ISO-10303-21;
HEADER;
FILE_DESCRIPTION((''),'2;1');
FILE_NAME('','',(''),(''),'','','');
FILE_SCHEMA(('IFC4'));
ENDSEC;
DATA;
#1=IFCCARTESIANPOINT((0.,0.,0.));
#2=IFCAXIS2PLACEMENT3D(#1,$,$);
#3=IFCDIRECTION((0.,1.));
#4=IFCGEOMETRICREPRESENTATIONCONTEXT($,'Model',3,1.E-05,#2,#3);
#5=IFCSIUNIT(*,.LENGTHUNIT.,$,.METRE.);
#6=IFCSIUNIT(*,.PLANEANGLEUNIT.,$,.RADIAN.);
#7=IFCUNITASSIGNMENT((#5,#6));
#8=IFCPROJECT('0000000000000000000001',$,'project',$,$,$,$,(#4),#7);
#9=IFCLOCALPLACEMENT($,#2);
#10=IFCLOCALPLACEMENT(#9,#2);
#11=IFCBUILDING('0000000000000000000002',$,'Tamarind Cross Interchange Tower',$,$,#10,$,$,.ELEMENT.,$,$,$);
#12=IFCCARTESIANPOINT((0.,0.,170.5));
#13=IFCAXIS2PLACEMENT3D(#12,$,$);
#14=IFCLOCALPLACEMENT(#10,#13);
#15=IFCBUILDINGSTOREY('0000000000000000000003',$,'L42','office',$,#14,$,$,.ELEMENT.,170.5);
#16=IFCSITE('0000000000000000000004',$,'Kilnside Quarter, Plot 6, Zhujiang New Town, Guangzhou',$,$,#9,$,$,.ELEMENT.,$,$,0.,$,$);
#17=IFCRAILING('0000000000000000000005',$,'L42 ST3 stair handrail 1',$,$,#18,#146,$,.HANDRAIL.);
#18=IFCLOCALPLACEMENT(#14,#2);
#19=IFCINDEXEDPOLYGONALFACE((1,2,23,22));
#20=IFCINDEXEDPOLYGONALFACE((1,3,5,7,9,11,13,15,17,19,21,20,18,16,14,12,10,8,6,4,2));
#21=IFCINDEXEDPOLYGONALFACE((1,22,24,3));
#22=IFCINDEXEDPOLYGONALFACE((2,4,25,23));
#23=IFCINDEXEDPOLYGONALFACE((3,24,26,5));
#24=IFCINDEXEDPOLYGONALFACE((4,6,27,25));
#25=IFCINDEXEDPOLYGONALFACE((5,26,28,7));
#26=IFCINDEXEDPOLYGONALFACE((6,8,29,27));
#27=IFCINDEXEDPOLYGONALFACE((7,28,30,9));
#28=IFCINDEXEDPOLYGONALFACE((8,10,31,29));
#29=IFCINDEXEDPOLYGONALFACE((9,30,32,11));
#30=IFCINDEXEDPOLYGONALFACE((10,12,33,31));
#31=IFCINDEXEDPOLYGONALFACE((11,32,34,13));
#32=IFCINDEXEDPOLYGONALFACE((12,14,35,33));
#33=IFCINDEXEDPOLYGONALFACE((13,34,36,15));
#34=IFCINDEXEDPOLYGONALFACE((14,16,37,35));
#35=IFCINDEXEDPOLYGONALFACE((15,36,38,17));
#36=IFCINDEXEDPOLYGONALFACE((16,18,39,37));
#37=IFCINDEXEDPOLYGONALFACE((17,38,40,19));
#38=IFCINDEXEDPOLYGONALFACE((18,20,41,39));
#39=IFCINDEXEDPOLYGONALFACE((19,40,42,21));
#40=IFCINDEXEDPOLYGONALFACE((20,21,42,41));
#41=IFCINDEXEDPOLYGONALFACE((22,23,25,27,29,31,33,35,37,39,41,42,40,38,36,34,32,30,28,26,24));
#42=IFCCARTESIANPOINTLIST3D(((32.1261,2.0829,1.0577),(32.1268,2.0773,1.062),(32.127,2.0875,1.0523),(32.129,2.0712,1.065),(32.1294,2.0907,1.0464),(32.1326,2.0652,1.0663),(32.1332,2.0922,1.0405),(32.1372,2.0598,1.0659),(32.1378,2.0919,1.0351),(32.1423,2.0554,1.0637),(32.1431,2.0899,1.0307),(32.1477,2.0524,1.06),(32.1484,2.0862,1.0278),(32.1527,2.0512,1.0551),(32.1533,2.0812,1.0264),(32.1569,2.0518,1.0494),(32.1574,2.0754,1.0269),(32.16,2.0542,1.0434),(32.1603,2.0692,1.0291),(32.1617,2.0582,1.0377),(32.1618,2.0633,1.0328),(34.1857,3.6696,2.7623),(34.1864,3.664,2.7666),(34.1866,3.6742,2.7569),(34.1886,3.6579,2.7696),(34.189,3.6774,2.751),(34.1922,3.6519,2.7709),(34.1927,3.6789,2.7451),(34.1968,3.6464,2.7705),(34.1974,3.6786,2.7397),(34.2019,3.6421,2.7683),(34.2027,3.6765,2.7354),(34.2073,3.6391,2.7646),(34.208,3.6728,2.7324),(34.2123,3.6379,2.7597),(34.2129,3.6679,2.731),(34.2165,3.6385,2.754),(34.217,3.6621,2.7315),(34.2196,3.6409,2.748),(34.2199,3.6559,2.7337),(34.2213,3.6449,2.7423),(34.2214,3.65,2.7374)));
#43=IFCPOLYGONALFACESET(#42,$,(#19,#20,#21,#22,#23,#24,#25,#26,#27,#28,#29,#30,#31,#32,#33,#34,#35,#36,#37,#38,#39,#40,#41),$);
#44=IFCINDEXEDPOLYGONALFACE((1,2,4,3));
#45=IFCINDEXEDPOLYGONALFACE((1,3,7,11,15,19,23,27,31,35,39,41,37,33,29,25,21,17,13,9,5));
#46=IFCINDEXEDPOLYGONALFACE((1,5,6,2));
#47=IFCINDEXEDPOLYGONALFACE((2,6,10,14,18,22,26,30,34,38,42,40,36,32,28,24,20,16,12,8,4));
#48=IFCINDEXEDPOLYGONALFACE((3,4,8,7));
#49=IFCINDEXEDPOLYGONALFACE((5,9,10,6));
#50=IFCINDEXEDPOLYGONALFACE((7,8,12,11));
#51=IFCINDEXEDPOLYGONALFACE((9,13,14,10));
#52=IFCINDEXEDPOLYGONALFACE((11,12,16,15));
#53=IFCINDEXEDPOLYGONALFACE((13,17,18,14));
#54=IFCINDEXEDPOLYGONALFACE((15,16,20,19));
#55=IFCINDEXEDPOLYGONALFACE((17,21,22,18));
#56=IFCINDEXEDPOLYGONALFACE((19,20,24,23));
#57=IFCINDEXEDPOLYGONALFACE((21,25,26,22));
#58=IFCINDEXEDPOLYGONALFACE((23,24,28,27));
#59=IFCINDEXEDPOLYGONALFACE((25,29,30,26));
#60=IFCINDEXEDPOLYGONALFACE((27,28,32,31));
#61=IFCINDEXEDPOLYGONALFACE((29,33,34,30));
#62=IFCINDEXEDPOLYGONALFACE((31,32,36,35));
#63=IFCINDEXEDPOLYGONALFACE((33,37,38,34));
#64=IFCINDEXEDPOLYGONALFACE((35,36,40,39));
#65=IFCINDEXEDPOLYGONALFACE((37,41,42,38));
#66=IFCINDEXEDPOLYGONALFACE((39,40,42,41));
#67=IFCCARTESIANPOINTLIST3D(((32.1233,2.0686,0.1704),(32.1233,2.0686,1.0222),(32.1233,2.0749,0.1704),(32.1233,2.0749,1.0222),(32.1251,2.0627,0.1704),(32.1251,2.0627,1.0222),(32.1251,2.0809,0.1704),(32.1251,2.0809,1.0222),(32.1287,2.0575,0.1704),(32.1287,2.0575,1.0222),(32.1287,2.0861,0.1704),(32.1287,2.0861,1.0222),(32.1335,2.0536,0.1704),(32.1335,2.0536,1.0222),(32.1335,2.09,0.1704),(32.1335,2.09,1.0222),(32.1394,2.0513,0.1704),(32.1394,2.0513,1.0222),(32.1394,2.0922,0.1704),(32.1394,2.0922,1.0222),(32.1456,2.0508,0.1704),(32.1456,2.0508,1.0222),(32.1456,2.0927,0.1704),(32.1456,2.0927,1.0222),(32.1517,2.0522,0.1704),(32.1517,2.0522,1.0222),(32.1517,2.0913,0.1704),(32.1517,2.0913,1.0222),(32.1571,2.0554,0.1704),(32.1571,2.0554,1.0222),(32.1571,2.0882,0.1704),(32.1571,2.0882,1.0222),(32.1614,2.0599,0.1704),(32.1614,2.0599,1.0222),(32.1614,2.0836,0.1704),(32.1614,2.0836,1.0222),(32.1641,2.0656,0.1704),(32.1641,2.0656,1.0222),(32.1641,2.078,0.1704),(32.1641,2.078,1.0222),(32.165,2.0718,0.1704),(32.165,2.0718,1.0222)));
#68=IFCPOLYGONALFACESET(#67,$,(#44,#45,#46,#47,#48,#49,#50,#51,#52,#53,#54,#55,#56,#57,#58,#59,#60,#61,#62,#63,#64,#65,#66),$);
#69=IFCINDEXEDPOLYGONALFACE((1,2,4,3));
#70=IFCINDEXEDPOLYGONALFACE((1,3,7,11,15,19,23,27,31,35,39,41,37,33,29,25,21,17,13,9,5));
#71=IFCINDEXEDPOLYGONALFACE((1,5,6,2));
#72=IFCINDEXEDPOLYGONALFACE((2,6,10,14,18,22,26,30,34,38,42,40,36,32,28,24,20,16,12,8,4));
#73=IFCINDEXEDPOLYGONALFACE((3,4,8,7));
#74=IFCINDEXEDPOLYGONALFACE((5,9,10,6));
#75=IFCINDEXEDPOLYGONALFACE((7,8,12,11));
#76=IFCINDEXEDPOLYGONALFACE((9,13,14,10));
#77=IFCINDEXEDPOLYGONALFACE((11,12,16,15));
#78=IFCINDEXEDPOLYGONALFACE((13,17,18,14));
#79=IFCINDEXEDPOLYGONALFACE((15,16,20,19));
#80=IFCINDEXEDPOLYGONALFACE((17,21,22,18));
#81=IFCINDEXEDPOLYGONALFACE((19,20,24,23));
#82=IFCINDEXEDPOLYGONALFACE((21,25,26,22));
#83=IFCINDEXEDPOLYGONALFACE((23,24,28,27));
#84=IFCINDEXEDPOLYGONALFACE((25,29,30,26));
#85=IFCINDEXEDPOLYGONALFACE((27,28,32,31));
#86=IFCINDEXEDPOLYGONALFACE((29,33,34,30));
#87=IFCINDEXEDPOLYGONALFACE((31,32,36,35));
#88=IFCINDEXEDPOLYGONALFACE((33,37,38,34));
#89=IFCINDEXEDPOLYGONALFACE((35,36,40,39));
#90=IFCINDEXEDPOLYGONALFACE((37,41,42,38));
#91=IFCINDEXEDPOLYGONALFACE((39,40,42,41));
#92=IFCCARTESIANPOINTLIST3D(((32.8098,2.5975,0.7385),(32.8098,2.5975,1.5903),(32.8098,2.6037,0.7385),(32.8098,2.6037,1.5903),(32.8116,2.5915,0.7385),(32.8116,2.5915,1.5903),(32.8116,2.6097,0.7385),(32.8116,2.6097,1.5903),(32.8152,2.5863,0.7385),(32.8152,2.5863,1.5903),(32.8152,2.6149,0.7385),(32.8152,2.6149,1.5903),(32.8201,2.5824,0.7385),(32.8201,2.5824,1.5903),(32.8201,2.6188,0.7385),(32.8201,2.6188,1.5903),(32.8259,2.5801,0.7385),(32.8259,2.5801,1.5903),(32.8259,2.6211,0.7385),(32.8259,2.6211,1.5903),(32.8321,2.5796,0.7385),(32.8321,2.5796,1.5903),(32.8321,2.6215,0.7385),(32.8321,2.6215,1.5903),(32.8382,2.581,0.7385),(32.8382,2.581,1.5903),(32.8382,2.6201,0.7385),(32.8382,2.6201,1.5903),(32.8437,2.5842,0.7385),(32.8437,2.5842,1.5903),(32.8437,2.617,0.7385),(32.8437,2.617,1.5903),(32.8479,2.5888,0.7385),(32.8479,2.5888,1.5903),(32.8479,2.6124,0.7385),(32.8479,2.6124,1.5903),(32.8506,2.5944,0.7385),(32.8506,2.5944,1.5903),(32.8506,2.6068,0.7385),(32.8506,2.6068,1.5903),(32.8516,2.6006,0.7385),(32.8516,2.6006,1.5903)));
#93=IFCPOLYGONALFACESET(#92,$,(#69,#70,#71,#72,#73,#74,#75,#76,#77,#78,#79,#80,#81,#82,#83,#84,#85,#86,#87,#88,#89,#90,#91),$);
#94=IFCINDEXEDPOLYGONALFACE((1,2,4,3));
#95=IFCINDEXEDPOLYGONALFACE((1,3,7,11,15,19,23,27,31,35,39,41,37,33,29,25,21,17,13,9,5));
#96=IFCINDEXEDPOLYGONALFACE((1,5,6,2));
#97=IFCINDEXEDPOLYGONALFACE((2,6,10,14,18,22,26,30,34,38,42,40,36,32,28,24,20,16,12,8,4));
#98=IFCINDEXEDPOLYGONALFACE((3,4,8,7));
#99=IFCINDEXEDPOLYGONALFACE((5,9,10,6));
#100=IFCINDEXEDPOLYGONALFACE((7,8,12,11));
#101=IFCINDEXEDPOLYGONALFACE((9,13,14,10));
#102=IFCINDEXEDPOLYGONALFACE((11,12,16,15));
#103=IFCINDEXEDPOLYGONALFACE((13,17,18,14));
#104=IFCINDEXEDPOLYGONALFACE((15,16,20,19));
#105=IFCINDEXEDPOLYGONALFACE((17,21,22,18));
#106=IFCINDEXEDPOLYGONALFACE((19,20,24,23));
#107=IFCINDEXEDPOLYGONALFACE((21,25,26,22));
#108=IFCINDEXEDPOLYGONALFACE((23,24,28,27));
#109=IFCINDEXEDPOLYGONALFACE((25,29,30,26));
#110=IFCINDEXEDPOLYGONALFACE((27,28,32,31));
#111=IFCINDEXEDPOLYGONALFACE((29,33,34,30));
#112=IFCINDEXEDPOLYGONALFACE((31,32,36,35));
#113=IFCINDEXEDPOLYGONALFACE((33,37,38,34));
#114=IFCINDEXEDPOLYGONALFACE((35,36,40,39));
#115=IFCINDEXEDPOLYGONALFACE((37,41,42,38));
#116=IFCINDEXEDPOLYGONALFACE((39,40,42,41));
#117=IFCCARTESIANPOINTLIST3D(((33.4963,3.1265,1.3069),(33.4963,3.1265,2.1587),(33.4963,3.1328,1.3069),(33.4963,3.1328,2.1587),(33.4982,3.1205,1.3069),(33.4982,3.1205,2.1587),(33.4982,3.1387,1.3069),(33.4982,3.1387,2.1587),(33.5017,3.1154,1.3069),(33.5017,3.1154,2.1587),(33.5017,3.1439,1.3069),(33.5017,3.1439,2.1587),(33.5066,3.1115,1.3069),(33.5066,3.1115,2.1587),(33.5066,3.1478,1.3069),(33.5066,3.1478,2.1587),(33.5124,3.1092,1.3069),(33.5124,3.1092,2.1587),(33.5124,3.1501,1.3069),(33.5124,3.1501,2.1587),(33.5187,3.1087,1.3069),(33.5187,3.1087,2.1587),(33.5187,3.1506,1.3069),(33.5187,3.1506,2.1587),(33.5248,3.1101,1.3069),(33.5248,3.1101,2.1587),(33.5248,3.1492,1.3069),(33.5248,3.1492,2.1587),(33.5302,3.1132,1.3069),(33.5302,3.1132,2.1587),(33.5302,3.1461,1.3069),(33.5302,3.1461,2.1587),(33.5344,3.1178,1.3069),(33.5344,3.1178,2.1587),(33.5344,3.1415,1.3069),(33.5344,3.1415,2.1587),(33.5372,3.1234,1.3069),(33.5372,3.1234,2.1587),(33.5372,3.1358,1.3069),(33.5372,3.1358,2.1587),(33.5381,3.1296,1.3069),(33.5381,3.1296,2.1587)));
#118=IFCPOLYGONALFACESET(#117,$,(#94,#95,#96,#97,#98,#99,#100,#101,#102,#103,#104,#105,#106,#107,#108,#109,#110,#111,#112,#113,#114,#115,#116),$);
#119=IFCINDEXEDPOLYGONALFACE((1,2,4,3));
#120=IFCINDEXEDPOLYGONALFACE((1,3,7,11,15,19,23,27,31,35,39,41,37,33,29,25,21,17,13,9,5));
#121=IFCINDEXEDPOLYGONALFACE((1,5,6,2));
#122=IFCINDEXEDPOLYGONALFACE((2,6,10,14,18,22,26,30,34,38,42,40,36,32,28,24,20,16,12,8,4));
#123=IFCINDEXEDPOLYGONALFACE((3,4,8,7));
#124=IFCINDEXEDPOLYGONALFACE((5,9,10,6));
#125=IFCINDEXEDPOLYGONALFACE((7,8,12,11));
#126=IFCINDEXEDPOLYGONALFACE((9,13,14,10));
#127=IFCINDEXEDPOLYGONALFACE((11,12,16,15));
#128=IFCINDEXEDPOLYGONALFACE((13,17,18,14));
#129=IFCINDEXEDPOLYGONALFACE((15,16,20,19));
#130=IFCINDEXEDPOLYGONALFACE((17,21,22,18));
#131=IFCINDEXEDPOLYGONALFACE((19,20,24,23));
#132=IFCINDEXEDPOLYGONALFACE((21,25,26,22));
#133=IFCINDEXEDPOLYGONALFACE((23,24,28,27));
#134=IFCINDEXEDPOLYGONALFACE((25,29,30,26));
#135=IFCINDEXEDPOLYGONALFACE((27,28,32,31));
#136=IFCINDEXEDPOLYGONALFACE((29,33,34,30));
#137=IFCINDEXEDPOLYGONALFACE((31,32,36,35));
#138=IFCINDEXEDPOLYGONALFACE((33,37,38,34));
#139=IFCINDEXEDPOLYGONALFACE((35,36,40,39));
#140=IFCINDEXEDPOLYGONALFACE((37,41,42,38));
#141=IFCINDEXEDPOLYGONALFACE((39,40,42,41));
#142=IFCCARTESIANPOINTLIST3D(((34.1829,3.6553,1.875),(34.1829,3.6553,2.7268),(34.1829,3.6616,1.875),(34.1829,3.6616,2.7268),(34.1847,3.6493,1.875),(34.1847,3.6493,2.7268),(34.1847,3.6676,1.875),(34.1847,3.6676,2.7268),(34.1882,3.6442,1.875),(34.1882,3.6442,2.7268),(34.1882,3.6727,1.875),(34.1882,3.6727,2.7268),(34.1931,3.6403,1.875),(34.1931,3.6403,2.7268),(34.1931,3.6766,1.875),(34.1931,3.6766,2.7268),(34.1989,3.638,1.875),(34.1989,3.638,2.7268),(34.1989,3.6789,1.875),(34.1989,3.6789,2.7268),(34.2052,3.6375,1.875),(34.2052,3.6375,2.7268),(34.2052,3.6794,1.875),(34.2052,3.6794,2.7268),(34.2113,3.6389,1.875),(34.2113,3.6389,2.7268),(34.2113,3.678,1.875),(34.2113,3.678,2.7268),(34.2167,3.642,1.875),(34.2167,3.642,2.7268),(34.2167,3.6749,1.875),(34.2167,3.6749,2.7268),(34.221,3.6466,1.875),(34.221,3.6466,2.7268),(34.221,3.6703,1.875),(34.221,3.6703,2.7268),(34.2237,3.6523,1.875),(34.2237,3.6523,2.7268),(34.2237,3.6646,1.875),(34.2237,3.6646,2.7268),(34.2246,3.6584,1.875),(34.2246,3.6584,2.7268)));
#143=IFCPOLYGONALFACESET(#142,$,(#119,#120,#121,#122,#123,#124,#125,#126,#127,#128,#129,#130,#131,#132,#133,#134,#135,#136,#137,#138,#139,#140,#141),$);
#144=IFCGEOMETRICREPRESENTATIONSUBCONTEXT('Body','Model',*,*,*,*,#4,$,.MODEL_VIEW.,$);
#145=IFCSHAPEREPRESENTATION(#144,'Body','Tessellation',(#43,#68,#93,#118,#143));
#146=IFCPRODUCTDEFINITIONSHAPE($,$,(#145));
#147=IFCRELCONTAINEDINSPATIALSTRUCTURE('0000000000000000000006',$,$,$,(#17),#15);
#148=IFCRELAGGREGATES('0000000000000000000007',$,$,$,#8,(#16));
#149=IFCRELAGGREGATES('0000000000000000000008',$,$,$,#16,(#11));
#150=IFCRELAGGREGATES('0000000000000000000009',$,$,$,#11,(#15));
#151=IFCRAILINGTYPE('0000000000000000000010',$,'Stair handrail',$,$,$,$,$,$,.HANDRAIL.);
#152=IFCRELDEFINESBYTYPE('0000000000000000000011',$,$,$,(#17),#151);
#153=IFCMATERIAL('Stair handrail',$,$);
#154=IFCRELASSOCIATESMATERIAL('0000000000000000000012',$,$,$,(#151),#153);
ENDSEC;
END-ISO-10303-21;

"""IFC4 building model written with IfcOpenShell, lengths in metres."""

from ifc_helpers import new_model, si_unit, direction, frame, origin, origin_2d, place, context, subcontext, project, spatial, circle, extrude, material, type_object, element, save


model = new_model("IFC4")

# Units and contexts
model_context = context("Model", 3, precision=1e-05, world=origin(), true_north=direction((0.0, 1.0)))
body_context = subcontext(model_context, "Body", "Model", "MODEL_VIEW")
ifc_project = project(units=[si_unit("LENGTHUNIT", "METRE"), si_unit("PLANEANGLEUNIT", "RADIAN")], contexts=[model_context])

# Site, building, storey
site_placement = place(None, origin())
site = spatial("IfcSite", under=ifc_project, at=site_placement, Name="Kilnside Quarter, Plot 6, Zhujiang New Town, Guangzhou", CompositionType="ELEMENT", RefElevation=0.0)
building_placement = place(site_placement, origin())
building = spatial("IfcBuilding", under=site, at=building_placement, Name="Tamarind Cross Interchange Tower", CompositionType="ELEMENT")
storey_placement = place(building_placement, frame((0.0, 0.0, 170.5)))
storey = spatial("IfcBuildingStorey", under=building, at=storey_placement, Name="L42", Description="office", CompositionType="ELEMENT", Elevation=170.5)

# Railing
ifc_material_1 = material(Name="Stair handrail")
railing_type_1 = type_object("IfcRailingType", Name="Stair handrail", PredefinedType="HANDRAIL", material=ifc_material_1)
railing_1_placement = place(storey_placement, frame((32.144, 2.0718, 0.1704)))
element("IfcRailing", 1, at=railing_1_placement, inside=storey, type_object=railing_type_1, Name="L42 ST3 stair handrail 1", PredefinedType="HANDRAIL", context=body_context, shape_type="SweptSolid", body=[
    extrude(circle(Radius=0.0239, at=origin_2d()), frame((0.0, 0.0, 0.876), z_axis=(0.662485, 0.510371, 0.548302), x_axis=(-0.610287, 0.79218, 0.0)), (0.0, 0.0, 1.0), 3.1089),
    extrude(circle(Radius=0.021, at=origin_2d()), origin(), (0.0, 0.0, 1.0), 0.8518),
    extrude(circle(Radius=0.021, at=origin_2d()), frame((0.6865, 0.5288, 0.5681)), (0.0, 0.0, 1.0), 0.8518),
    extrude(circle(Radius=0.021, at=origin_2d()), frame((1.373, 1.0579, 1.1365)), (0.0, 0.0, 1.0), 0.8518),
    extrude(circle(Radius=0.021, at=origin_2d()), frame((2.0596, 1.5867, 1.7046)), (0.0, 0.0, 1.0), 0.8518),
])

save(model, "model.ifc")
